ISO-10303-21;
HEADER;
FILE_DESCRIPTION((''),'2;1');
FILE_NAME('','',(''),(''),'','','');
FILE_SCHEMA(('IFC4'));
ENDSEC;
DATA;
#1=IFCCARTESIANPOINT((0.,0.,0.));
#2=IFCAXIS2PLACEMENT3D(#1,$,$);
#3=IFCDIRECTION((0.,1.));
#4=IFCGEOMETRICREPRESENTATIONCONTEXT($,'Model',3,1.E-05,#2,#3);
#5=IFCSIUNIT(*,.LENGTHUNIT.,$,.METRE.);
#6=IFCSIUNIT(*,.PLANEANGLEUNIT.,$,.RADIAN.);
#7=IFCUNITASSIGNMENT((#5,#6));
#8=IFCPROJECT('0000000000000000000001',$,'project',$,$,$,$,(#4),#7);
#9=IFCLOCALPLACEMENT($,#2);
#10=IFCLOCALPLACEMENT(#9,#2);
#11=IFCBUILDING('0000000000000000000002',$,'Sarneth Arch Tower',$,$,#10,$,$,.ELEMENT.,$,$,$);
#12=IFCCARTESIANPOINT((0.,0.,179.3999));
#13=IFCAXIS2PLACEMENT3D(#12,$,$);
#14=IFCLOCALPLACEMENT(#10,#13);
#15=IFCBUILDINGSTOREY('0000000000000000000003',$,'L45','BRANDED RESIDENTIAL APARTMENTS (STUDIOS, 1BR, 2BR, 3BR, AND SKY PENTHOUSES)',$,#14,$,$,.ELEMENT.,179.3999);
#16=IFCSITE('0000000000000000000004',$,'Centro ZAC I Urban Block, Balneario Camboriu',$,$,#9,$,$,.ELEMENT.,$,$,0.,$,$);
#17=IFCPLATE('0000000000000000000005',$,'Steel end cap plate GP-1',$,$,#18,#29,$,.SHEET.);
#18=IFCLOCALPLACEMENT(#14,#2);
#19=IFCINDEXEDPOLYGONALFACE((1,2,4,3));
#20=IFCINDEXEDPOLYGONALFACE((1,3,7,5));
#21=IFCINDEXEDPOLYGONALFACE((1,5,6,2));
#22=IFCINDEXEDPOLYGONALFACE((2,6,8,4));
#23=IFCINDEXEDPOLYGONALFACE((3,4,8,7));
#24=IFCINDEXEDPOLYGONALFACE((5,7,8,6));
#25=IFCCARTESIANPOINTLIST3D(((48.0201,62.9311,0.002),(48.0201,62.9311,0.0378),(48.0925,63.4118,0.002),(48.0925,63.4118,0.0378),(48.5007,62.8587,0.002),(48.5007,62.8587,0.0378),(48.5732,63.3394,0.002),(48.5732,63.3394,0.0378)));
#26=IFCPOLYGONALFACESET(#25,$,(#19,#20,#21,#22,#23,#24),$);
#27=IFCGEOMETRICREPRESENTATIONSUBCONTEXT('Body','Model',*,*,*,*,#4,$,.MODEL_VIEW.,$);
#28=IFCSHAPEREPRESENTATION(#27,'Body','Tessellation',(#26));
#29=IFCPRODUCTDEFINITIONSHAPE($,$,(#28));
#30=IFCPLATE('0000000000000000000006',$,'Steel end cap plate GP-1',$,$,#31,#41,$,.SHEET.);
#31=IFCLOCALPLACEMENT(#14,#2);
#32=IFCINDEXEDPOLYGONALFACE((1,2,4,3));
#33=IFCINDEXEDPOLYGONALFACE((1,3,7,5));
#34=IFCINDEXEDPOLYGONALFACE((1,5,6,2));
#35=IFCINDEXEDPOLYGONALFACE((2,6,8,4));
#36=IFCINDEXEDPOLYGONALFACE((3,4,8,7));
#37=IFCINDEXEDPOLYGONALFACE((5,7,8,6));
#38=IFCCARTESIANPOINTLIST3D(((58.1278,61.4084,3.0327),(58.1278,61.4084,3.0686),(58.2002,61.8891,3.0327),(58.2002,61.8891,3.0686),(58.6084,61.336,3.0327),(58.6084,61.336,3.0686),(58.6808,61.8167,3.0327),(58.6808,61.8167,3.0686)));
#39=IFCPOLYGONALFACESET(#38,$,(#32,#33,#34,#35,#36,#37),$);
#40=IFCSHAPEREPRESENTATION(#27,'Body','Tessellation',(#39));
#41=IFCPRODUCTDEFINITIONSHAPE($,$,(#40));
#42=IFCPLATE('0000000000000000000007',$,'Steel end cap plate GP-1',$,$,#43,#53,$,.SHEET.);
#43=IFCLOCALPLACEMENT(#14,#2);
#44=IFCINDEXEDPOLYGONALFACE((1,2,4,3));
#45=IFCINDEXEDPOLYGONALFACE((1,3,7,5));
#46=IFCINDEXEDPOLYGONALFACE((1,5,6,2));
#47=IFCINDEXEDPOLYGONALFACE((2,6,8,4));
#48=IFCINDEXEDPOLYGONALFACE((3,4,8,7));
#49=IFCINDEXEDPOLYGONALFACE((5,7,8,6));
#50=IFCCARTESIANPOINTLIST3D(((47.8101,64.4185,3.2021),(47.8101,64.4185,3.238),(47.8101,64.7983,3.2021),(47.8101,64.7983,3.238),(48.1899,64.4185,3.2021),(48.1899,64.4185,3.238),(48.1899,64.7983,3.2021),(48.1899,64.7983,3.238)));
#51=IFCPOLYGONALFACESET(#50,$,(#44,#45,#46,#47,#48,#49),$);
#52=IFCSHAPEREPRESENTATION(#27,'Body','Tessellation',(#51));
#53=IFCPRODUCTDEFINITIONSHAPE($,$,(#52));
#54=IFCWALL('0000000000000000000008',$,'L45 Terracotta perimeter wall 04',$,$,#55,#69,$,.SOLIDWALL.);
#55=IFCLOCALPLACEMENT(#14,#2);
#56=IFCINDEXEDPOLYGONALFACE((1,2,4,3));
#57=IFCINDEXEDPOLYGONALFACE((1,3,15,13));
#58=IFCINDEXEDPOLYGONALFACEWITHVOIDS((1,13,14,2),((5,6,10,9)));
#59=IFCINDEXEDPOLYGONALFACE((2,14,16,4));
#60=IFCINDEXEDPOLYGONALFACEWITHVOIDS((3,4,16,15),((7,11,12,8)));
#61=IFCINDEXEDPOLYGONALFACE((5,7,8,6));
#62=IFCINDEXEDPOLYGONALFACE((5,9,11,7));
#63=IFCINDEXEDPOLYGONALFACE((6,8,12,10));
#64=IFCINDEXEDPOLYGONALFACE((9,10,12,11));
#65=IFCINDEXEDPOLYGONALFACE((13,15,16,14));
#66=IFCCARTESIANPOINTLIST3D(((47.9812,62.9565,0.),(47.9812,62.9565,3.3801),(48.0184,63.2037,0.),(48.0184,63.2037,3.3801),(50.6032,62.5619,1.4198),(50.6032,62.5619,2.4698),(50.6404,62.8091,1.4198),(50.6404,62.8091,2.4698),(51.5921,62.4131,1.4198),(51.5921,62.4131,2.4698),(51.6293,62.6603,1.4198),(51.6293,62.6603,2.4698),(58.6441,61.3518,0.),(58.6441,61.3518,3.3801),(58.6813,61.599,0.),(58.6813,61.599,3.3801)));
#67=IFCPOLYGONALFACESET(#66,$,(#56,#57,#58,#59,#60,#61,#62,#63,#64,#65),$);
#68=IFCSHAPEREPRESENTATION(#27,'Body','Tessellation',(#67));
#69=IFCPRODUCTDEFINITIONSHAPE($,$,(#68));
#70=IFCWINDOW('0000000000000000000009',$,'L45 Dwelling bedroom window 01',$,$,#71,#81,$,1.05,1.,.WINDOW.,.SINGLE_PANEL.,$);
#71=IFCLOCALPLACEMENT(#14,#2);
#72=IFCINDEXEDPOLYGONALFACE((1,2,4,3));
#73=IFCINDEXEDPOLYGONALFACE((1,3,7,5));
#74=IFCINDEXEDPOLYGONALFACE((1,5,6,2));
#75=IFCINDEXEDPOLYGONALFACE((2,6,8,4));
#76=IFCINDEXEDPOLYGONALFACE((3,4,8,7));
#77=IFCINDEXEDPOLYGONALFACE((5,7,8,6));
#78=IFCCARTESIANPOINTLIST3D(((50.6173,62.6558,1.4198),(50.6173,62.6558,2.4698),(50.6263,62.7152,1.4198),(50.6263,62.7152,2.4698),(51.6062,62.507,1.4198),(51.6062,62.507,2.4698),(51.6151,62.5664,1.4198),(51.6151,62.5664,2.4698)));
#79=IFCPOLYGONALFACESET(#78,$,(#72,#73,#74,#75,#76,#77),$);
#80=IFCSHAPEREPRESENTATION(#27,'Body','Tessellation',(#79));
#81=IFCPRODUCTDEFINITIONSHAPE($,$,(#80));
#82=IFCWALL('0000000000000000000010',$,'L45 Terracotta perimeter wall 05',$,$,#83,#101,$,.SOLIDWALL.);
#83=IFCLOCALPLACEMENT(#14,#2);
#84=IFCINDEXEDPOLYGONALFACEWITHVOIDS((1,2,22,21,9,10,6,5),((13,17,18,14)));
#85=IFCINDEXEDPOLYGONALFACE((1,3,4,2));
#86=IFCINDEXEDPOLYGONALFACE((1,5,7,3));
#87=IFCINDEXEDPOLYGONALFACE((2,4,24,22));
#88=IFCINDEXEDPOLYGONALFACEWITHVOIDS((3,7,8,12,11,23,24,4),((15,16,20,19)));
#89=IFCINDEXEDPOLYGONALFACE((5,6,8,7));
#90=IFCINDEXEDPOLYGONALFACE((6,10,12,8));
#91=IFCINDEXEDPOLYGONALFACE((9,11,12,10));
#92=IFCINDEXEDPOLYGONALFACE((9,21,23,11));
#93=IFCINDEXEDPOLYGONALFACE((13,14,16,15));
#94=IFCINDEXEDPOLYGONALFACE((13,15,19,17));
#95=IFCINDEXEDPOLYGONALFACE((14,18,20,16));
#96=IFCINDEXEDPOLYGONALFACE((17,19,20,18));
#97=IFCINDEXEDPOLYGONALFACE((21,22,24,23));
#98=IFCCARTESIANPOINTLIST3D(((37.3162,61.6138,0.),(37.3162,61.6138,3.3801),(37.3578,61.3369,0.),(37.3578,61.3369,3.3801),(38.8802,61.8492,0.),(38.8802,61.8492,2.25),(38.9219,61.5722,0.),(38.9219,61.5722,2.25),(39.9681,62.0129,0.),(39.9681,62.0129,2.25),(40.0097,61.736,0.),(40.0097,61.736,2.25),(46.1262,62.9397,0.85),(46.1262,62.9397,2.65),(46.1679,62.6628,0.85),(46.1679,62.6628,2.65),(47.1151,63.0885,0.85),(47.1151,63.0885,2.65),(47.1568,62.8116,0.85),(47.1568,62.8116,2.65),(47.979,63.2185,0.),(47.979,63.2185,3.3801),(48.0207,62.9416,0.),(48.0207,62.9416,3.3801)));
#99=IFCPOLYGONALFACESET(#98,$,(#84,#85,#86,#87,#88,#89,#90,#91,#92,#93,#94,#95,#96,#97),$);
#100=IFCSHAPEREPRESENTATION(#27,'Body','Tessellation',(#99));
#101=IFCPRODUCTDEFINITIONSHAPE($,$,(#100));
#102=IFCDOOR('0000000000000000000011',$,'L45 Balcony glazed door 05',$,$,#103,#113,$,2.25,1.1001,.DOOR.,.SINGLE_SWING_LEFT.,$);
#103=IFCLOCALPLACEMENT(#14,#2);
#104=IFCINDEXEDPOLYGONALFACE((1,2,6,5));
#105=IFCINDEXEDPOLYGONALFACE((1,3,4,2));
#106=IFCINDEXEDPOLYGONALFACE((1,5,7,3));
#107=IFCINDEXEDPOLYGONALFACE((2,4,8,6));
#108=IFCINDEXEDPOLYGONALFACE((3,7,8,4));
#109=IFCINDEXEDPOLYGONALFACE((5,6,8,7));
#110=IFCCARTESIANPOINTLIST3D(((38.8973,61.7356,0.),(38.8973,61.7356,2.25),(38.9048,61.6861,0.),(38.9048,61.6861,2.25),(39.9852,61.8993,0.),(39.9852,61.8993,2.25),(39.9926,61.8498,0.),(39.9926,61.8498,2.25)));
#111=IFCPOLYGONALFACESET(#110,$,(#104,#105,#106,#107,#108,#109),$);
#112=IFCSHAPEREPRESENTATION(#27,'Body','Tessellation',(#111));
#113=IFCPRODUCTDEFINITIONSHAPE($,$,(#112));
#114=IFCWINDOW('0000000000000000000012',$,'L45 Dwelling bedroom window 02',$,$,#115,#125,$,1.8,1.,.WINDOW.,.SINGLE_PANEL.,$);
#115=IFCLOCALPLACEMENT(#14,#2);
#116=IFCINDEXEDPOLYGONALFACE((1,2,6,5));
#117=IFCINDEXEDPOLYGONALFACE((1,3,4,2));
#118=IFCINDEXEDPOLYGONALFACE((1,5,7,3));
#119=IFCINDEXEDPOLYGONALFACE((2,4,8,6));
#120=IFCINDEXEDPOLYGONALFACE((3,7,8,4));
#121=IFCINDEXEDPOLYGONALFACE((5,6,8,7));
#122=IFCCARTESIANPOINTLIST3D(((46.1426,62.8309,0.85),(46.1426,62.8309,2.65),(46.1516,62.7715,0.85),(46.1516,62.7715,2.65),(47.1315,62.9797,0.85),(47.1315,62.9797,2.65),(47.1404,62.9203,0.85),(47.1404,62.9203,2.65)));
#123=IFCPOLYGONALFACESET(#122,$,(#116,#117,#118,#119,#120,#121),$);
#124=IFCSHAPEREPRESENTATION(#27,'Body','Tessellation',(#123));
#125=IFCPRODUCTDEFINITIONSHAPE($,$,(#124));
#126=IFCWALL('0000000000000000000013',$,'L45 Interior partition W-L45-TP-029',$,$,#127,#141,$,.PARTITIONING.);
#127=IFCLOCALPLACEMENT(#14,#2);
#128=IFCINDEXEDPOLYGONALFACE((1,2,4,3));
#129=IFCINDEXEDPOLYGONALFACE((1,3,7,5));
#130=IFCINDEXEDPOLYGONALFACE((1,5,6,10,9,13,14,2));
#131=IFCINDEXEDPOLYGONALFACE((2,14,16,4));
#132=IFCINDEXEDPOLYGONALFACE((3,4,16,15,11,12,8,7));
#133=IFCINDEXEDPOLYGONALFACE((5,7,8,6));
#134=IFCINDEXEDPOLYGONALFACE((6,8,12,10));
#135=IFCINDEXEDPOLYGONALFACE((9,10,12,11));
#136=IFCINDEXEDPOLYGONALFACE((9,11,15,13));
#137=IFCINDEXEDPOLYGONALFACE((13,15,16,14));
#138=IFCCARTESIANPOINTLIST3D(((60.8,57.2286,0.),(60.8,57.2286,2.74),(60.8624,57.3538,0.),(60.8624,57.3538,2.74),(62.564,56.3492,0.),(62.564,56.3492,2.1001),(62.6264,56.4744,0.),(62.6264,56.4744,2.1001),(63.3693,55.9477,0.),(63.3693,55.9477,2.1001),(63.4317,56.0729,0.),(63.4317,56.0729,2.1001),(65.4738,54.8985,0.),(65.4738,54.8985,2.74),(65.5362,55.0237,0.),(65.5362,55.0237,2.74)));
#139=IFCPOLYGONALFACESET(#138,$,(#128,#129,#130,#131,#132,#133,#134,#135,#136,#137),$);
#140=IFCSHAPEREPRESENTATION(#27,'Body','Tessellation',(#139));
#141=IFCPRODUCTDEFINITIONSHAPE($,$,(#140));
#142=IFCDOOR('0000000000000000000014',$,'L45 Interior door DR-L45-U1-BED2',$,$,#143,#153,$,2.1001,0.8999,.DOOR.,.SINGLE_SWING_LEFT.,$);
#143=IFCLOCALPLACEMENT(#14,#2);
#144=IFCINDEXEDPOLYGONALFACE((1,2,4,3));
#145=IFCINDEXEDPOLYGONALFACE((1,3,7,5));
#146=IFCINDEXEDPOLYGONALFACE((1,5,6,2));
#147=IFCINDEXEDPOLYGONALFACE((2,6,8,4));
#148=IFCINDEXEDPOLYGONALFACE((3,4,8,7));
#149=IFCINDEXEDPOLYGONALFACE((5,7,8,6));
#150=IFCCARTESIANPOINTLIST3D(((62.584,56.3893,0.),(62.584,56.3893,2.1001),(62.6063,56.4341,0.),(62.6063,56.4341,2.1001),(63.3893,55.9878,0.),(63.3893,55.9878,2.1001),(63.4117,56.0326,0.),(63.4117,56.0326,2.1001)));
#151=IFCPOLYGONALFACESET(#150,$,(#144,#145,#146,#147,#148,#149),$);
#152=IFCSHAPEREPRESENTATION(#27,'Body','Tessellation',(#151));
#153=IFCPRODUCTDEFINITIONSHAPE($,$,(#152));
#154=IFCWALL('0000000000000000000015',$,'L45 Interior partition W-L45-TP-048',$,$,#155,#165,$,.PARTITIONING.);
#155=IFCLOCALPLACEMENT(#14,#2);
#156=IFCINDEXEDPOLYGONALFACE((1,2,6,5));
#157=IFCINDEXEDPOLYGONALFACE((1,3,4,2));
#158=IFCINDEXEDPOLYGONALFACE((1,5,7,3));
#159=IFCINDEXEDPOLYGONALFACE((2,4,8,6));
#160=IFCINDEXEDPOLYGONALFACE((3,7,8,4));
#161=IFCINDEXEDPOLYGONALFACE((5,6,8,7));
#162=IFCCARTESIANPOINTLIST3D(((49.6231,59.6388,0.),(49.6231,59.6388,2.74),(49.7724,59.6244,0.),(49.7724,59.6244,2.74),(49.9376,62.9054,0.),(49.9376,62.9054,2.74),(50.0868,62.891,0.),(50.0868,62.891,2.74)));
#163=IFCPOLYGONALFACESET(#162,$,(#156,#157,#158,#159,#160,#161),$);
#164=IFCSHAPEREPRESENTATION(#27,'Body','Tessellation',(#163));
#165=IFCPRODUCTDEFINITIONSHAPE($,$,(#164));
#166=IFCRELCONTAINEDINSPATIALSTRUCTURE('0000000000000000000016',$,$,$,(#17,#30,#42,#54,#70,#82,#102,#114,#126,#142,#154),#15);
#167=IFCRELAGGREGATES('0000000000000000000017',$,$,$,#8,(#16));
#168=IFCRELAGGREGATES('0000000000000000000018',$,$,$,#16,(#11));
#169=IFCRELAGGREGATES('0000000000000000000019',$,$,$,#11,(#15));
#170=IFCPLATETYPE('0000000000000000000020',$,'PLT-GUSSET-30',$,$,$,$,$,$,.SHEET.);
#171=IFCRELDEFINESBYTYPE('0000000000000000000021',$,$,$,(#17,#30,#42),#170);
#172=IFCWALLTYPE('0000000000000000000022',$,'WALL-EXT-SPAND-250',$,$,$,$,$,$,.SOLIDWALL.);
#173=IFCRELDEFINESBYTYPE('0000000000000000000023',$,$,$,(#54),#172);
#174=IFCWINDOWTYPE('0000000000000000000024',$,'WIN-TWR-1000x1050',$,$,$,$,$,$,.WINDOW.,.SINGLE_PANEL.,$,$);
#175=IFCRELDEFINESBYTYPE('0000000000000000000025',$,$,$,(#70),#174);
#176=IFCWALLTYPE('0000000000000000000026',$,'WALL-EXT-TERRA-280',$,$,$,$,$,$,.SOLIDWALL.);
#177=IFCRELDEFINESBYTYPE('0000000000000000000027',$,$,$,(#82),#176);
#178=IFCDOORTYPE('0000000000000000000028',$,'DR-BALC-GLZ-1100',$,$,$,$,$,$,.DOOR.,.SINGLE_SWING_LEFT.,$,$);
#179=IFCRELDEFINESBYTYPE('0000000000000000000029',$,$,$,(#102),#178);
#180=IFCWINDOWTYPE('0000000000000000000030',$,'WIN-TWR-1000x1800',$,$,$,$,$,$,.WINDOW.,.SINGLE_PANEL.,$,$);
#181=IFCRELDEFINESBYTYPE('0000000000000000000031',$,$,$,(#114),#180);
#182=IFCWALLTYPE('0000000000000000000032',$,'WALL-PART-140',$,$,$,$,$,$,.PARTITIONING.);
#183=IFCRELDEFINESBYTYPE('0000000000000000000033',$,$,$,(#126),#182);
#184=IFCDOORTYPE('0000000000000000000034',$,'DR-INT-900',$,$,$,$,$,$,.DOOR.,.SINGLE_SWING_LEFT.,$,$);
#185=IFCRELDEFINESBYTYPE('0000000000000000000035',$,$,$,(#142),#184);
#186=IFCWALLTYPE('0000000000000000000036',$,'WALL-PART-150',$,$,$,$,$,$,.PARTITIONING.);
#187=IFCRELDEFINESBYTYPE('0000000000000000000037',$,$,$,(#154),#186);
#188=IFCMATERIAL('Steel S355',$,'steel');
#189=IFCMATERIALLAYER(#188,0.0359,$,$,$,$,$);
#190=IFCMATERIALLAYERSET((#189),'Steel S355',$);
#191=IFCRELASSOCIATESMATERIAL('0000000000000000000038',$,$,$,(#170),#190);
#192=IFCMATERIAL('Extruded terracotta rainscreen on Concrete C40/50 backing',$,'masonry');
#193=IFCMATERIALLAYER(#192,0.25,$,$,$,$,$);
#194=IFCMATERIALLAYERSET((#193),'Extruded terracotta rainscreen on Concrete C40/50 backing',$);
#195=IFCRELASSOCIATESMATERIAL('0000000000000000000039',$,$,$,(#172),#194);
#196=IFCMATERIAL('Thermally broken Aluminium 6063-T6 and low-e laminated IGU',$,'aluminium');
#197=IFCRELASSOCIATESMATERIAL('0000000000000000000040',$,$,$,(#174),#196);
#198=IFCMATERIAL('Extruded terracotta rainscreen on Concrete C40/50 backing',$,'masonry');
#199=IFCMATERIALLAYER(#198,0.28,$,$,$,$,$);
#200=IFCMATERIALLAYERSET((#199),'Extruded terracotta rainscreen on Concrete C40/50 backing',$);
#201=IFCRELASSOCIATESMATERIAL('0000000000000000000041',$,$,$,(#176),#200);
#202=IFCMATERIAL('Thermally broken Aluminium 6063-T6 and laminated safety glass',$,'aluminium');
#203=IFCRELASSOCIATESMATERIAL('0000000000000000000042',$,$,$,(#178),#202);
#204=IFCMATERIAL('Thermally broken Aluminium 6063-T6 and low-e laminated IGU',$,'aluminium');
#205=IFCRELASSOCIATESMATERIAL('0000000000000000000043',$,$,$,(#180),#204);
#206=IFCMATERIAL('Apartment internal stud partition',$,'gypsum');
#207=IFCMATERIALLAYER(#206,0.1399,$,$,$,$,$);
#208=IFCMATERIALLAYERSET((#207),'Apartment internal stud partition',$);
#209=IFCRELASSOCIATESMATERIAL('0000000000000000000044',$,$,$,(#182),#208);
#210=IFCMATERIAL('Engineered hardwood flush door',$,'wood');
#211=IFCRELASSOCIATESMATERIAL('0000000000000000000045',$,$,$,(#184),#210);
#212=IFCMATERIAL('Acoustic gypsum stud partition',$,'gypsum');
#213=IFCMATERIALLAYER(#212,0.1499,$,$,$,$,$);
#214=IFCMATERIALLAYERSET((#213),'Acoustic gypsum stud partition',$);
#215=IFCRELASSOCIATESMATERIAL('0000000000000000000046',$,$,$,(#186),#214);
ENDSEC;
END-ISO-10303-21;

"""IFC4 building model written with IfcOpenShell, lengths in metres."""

from ifc_helpers import new_model, si_unit, direction, frame, frame_2d, origin, origin_2d, place, context, subcontext, project, spatial, rectangle, extrude, material, layer, layer_set, type_object, element, fill, save


model = new_model("IFC4")

# Units and contexts
model_context = context("Model", 3, precision=1e-05, world=origin(), true_north=direction((0.0, 1.0)))
body_context = subcontext(model_context, "Body", "Model", "MODEL_VIEW")
ifc_project = project(units=[si_unit("LENGTHUNIT", "METRE"), si_unit("PLANEANGLEUNIT", "RADIAN")], contexts=[model_context])

# Site, building, storey
site_placement = place(None, origin())
site = spatial("IfcSite", under=ifc_project, at=site_placement, Name="Centro ZAC I Urban Block, Balneario Camboriu", CompositionType="ELEMENT", RefElevation=0.0)
building_placement = place(site_placement, origin())
building = spatial("IfcBuilding", under=site, at=building_placement, Name="Sarneth Arch Tower", CompositionType="ELEMENT")
storey_placement = place(building_placement, frame((0.0, 0.0, 179.3999)))
storey = spatial("IfcBuildingStorey", under=building, at=storey_placement, Name="L45", Description="BRANDED RESIDENTIAL APARTMENTS (STUDIOS, 1BR, 2BR, 3BR, AND SKY PENTHOUSES)", CompositionType="ELEMENT", Elevation=179.3999)

# Plates
ifc_material_1 = material(Name="Steel S355", Category="steel")
ifc_layer_1 = layer(ifc_material_1, 0.0359)
ifc_layer_set_1 = layer_set([ifc_layer_1], Name="Steel S355")
plate_type = type_object("IfcPlateType", Name="PLT-GUSSET-30", PredefinedType="SHEET", material=ifc_layer_set_1)
for number, where, z_axis, x_axis, name in (
    (1, (48.2966, 63.1353, 0.002), (0.0, 0.0, 1.0), (-0.988835, 0.149018, 0.0), "Steel end cap plate GP-1"),
    (2, (58.4043, 61.6125, 3.0327), (0.0, 0.0, 1.0), (-0.988835, 0.149018, 0.0), "Steel end cap plate GP-1"),
):
    element("IfcPlate", number, at=place(storey_placement, frame(where, z_axis=z_axis, x_axis=x_axis)), inside=storey, type_object=plate_type, Name=name, PredefinedType="SHEET", context=body_context, shape_type="SweptSolid", body=[
        extrude(rectangle(XDim=0.4861, YDim=0.4861, at=origin_2d()), origin(), (0.0, 0.0, 1.0), 0.0359),
    ])
plate_placement = place(storey_placement, frame((48.0, 64.6084, 3.2021), z_axis=(0.0, 0.0, 1.0), x_axis=(0.0, 1.0, 0.0)))
element("IfcPlate", 3, at=plate_placement, inside=storey, type_object=plate_type, Name="Steel end cap plate GP-1", PredefinedType="SHEET", context=body_context, shape_type="SweptSolid", body=[
    extrude(rectangle(XDim=0.3799, YDim=0.3799, at=origin_2d()), origin(), (0.0, 0.0, 1.0), 0.0359),
])

# Wall, opening, window
ifc_material_2 = material(Name="Extruded terracotta rainscreen on Concrete C40/50 backing", Category="masonry")
ifc_layer_2 = layer(ifc_material_2, 0.25)
ifc_layer_set_2 = layer_set([ifc_layer_2], Name="Extruded terracotta rainscreen on Concrete C40/50 backing")
wall_type_1 = type_object("IfcWallType", Name="WALL-EXT-SPAND-250", PredefinedType="SOLIDWALL", material=ifc_layer_set_2)
wall_1_placement = place(storey_placement, frame((58.6628, 61.4753, 0.0), z_axis=(0.0, 0.0, 1.0), x_axis=(-0.988864, 0.148822, 0.0)))
wall_1 = element("IfcWall", 4, at=wall_1_placement, inside=storey, type_object=wall_type_1, Name="L45 Terracotta perimeter wall 04", PredefinedType="SOLIDWALL", context=body_context, shape_type="SweptSolid", body=[
    extrude(rectangle(XDim=10.783, YDim=0.25, at=frame_2d((5.3916, 0.0))), origin(), (0.0, 0.0, 1.0), 3.3801),
])
opening_1_placement = place(wall_1_placement, frame((7.1316, 0.0, 1.4199)))
opening_1 = element("IfcOpeningElement", 5, at=opening_1_placement, cuts=wall_1, PredefinedType="OPENING", context=body_context, shape_type="SweptSolid", body=[
    extrude(rectangle(XDim=1.0, YDim=1.05, at=frame_2d((0.5, 0.5249))), frame((0.0, 0.135, 0.0), z_axis=(0.0, -1.0, 0.0), x_axis=(1.0, 0.0, 0.0)), (0.0, 0.0, 1.0), 0.27),
])
ifc_material_3 = material(Name="Thermally broken Aluminium 6063-T6 and low-e laminated IGU", Category="aluminium")
window_type_1 = type_object("IfcWindowType", Name="WIN-TWR-1000x1050", PartitioningType="SINGLE_PANEL", PredefinedType="WINDOW", material=ifc_material_3)
window_1_placement = place(opening_1_placement, origin())
window_1 = element("IfcWindow", 6, at=window_1_placement, inside=storey, type_object=window_type_1, Name="L45 Dwelling bedroom window 01", OverallHeight=1.05, OverallWidth=1.0, PartitioningType="SINGLE_PANEL", PredefinedType="WINDOW", context=body_context, shape_type="SweptSolid", body=[
    extrude(rectangle(XDim=1.0, YDim=1.05, at=frame_2d((0.5, 0.5249))), frame((0.0, 0.03, 0.0), z_axis=(0.0, -1.0, 0.0), x_axis=(1.0, 0.0, 0.0)), (0.0, 0.0, 1.0), 0.0601),
])
fill(opening_1, window_1)

# Wall, openings, door, window
ifc_material_4 = material(Name="Extruded terracotta rainscreen on Concrete C40/50 backing", Category="masonry")
ifc_layer_3 = layer(ifc_material_4, 0.28)
ifc_layer_set_3 = layer_set([ifc_layer_3], Name="Extruded terracotta rainscreen on Concrete C40/50 backing")
wall_type_2 = type_object("IfcWallType", Name="WALL-EXT-TERRA-280", PredefinedType="SOLIDWALL", material=ifc_layer_set_3)
wall_2_placement = place(storey_placement, frame((48.0, 63.0801, 0.0), z_axis=(0.0, 0.0, 1.0), x_axis=(-0.988864, -0.148822, 0.0)))
wall_2 = element("IfcWall", 7, at=wall_2_placement, inside=storey, type_object=wall_type_2, Name="L45 Terracotta perimeter wall 05", PredefinedType="SOLIDWALL", context=body_context, shape_type="SweptSolid", body=[
    extrude(rectangle(XDim=10.783, YDim=0.28, at=frame_2d((5.3916, 0.0))), origin(), (0.0, 0.0, 1.0), 3.3801),
])
opening_2_placement = place(wall_2_placement, frame((8.1013, 0.0, 0.0)))
opening_2 = element("IfcOpeningElement", 8, at=opening_2_placement, cuts=wall_2, PredefinedType="OPENING", context=body_context, shape_type="SweptSolid", body=[
    extrude(rectangle(XDim=1.1001, YDim=2.25, at=frame_2d((0.55, 1.125))), frame((0.0, 0.1499, 0.0), z_axis=(0.0, -1.0, 0.0), x_axis=(1.0, 0.0, 0.0)), (0.0, 0.0, 1.0), 0.3),
])
opening_3_placement = place(wall_2_placement, frame((0.8738, 0.0, 0.8501)))
opening_3 = element("IfcOpeningElement", 9, at=opening_3_placement, cuts=wall_2, PredefinedType="OPENING", context=body_context, shape_type="SweptSolid", body=[
    extrude(rectangle(XDim=1.0, YDim=1.8, at=frame_2d((0.5, 0.8999))), frame((0.0, 0.1499, 0.0), z_axis=(0.0, -1.0, 0.0), x_axis=(1.0, 0.0, 0.0)), (0.0, 0.0, 1.0), 0.3),
])
ifc_material_5 = material(Name="Thermally broken Aluminium 6063-T6 and laminated safety glass", Category="aluminium")
door_type_1 = type_object("IfcDoorType", Name="DR-BALC-GLZ-1100", OperationType="SINGLE_SWING_LEFT", PredefinedType="DOOR", material=ifc_material_5)
door_1_placement = place(opening_2_placement, origin())
door_1 = element("IfcDoor", 10, at=door_1_placement, inside=storey, type_object=door_type_1, Name="L45 Balcony glazed door 05", OperationType="SINGLE_SWING_LEFT", OverallHeight=2.25, OverallWidth=1.1001, PredefinedType="DOOR", context=body_context, shape_type="SweptSolid", body=[
    extrude(rectangle(XDim=1.1001, YDim=2.25, at=frame_2d((0.55, 1.125))), frame((0.0, 0.0249, 0.0), z_axis=(0.0, -1.0, 0.0), x_axis=(1.0, 0.0, 0.0)), (0.0, 0.0, 1.0), 0.05),
])
fill(opening_2, door_1)
ifc_material_6 = material(Name="Thermally broken Aluminium 6063-T6 and low-e laminated IGU", Category="aluminium")
window_type_2 = type_object("IfcWindowType", Name="WIN-TWR-1000x1800", PartitioningType="SINGLE_PANEL", PredefinedType="WINDOW", material=ifc_material_6)
window_2_placement = place(opening_3_placement, origin())
window_2 = element("IfcWindow", 11, at=window_2_placement, inside=storey, type_object=window_type_2, Name="L45 Dwelling bedroom window 02", OverallHeight=1.8, OverallWidth=1.0, PartitioningType="SINGLE_PANEL", PredefinedType="WINDOW", context=body_context, shape_type="SweptSolid", body=[
    extrude(rectangle(XDim=1.0, YDim=1.8, at=frame_2d((0.5, 0.8999))), frame((0.0, 0.03, 0.0), z_axis=(0.0, -1.0, 0.0), x_axis=(1.0, 0.0, 0.0)), (0.0, 0.0, 1.0), 0.0601),
])
fill(opening_3, window_2)

# Wall, opening, door
ifc_material_7 = material(Name="Apartment internal stud partition", Category="gypsum")
ifc_layer_4 = layer(ifc_material_7, 0.1399)
ifc_layer_set_4 = layer_set([ifc_layer_4], Name="Apartment internal stud partition")
wall_type_3 = type_object("IfcWallType", Name="WALL-PART-140", PredefinedType="PARTITIONING", material=ifc_layer_set_4)
wall_3_placement = place(storey_placement, frame((60.8311, 57.2913, 0.0), z_axis=(0.0, 0.0, 1.0), x_axis=(0.89495, -0.446166, 0.0)))
wall_3 = element("IfcWall", 12, at=wall_3_placement, inside=storey, type_object=wall_type_3, Name="L45 Interior partition W-L45-TP-029", PredefinedType="PARTITIONING", context=body_context, shape_type="SweptSolid", body=[
    extrude(rectangle(XDim=5.2224, YDim=0.1399, at=frame_2d((2.6113, 0.0))), origin(), (0.0, 0.0, 1.0), 2.74),
])
opening_4_placement = place(wall_3_placement, frame((1.9712, 0.0, 0.0)))
opening_4 = element("IfcOpeningElement", 13, at=opening_4_placement, cuts=wall_3, PredefinedType="OPENING", context=body_context, shape_type="SweptSolid", body=[
    extrude(rectangle(XDim=0.8999, YDim=2.1001, at=frame_2d((0.45, 1.05))), frame((0.0, 0.0798, 0.0), z_axis=(0.0, -1.0, 0.0), x_axis=(1.0, 0.0, 0.0)), (0.0, 0.0, 1.0), 0.1599),
])
ifc_material_8 = material(Name="Engineered hardwood flush door", Category="wood")
door_type_2 = type_object("IfcDoorType", Name="DR-INT-900", OperationType="SINGLE_SWING_LEFT", PredefinedType="DOOR", material=ifc_material_8)
door_2_placement = place(opening_4_placement, origin())
door_2 = element("IfcDoor", 14, at=door_2_placement, inside=storey, type_object=door_type_2, Name="L45 Interior door DR-L45-U1-BED2", OperationType="SINGLE_SWING_LEFT", OverallHeight=2.1001, OverallWidth=0.8999, PredefinedType="DOOR", context=body_context, shape_type="SweptSolid", body=[
    extrude(rectangle(XDim=0.8999, YDim=2.1001, at=frame_2d((0.45, 1.05))), frame((0.0, 0.0249, 0.0), z_axis=(0.0, -1.0, 0.0), x_axis=(1.0, 0.0, 0.0)), (0.0, 0.0, 1.0), 0.05),
])
fill(opening_4, door_2)

# Wall
ifc_material_9 = material(Name="Acoustic gypsum stud partition", Category="gypsum")
ifc_layer_5 = layer(ifc_material_9, 0.1499)
ifc_layer_set_5 = layer_set([ifc_layer_5], Name="Acoustic gypsum stud partition")
wall_type_4 = type_object("IfcWallType", Name="WALL-PART-150", PredefinedType="PARTITIONING", material=ifc_layer_set_5)
wall_4_placement = place(storey_placement, frame((49.6978, 59.6316, 0.0), z_axis=(0.0, 0.0, 1.0), x_axis=(0.09582, 0.995399, 0.0)))
element("IfcWall", 15, at=wall_4_placement, inside=storey, type_object=wall_type_4, Name="L45 Interior partition W-L45-TP-048", PredefinedType="PARTITIONING", context=body_context, shape_type="SweptSolid", body=[
    extrude(rectangle(XDim=3.2817, YDim=0.1499, at=frame_2d((1.6409, 0.0))), origin(), (0.0, 0.0, 1.0), 2.74),
])

save(model, "model.ifc")
